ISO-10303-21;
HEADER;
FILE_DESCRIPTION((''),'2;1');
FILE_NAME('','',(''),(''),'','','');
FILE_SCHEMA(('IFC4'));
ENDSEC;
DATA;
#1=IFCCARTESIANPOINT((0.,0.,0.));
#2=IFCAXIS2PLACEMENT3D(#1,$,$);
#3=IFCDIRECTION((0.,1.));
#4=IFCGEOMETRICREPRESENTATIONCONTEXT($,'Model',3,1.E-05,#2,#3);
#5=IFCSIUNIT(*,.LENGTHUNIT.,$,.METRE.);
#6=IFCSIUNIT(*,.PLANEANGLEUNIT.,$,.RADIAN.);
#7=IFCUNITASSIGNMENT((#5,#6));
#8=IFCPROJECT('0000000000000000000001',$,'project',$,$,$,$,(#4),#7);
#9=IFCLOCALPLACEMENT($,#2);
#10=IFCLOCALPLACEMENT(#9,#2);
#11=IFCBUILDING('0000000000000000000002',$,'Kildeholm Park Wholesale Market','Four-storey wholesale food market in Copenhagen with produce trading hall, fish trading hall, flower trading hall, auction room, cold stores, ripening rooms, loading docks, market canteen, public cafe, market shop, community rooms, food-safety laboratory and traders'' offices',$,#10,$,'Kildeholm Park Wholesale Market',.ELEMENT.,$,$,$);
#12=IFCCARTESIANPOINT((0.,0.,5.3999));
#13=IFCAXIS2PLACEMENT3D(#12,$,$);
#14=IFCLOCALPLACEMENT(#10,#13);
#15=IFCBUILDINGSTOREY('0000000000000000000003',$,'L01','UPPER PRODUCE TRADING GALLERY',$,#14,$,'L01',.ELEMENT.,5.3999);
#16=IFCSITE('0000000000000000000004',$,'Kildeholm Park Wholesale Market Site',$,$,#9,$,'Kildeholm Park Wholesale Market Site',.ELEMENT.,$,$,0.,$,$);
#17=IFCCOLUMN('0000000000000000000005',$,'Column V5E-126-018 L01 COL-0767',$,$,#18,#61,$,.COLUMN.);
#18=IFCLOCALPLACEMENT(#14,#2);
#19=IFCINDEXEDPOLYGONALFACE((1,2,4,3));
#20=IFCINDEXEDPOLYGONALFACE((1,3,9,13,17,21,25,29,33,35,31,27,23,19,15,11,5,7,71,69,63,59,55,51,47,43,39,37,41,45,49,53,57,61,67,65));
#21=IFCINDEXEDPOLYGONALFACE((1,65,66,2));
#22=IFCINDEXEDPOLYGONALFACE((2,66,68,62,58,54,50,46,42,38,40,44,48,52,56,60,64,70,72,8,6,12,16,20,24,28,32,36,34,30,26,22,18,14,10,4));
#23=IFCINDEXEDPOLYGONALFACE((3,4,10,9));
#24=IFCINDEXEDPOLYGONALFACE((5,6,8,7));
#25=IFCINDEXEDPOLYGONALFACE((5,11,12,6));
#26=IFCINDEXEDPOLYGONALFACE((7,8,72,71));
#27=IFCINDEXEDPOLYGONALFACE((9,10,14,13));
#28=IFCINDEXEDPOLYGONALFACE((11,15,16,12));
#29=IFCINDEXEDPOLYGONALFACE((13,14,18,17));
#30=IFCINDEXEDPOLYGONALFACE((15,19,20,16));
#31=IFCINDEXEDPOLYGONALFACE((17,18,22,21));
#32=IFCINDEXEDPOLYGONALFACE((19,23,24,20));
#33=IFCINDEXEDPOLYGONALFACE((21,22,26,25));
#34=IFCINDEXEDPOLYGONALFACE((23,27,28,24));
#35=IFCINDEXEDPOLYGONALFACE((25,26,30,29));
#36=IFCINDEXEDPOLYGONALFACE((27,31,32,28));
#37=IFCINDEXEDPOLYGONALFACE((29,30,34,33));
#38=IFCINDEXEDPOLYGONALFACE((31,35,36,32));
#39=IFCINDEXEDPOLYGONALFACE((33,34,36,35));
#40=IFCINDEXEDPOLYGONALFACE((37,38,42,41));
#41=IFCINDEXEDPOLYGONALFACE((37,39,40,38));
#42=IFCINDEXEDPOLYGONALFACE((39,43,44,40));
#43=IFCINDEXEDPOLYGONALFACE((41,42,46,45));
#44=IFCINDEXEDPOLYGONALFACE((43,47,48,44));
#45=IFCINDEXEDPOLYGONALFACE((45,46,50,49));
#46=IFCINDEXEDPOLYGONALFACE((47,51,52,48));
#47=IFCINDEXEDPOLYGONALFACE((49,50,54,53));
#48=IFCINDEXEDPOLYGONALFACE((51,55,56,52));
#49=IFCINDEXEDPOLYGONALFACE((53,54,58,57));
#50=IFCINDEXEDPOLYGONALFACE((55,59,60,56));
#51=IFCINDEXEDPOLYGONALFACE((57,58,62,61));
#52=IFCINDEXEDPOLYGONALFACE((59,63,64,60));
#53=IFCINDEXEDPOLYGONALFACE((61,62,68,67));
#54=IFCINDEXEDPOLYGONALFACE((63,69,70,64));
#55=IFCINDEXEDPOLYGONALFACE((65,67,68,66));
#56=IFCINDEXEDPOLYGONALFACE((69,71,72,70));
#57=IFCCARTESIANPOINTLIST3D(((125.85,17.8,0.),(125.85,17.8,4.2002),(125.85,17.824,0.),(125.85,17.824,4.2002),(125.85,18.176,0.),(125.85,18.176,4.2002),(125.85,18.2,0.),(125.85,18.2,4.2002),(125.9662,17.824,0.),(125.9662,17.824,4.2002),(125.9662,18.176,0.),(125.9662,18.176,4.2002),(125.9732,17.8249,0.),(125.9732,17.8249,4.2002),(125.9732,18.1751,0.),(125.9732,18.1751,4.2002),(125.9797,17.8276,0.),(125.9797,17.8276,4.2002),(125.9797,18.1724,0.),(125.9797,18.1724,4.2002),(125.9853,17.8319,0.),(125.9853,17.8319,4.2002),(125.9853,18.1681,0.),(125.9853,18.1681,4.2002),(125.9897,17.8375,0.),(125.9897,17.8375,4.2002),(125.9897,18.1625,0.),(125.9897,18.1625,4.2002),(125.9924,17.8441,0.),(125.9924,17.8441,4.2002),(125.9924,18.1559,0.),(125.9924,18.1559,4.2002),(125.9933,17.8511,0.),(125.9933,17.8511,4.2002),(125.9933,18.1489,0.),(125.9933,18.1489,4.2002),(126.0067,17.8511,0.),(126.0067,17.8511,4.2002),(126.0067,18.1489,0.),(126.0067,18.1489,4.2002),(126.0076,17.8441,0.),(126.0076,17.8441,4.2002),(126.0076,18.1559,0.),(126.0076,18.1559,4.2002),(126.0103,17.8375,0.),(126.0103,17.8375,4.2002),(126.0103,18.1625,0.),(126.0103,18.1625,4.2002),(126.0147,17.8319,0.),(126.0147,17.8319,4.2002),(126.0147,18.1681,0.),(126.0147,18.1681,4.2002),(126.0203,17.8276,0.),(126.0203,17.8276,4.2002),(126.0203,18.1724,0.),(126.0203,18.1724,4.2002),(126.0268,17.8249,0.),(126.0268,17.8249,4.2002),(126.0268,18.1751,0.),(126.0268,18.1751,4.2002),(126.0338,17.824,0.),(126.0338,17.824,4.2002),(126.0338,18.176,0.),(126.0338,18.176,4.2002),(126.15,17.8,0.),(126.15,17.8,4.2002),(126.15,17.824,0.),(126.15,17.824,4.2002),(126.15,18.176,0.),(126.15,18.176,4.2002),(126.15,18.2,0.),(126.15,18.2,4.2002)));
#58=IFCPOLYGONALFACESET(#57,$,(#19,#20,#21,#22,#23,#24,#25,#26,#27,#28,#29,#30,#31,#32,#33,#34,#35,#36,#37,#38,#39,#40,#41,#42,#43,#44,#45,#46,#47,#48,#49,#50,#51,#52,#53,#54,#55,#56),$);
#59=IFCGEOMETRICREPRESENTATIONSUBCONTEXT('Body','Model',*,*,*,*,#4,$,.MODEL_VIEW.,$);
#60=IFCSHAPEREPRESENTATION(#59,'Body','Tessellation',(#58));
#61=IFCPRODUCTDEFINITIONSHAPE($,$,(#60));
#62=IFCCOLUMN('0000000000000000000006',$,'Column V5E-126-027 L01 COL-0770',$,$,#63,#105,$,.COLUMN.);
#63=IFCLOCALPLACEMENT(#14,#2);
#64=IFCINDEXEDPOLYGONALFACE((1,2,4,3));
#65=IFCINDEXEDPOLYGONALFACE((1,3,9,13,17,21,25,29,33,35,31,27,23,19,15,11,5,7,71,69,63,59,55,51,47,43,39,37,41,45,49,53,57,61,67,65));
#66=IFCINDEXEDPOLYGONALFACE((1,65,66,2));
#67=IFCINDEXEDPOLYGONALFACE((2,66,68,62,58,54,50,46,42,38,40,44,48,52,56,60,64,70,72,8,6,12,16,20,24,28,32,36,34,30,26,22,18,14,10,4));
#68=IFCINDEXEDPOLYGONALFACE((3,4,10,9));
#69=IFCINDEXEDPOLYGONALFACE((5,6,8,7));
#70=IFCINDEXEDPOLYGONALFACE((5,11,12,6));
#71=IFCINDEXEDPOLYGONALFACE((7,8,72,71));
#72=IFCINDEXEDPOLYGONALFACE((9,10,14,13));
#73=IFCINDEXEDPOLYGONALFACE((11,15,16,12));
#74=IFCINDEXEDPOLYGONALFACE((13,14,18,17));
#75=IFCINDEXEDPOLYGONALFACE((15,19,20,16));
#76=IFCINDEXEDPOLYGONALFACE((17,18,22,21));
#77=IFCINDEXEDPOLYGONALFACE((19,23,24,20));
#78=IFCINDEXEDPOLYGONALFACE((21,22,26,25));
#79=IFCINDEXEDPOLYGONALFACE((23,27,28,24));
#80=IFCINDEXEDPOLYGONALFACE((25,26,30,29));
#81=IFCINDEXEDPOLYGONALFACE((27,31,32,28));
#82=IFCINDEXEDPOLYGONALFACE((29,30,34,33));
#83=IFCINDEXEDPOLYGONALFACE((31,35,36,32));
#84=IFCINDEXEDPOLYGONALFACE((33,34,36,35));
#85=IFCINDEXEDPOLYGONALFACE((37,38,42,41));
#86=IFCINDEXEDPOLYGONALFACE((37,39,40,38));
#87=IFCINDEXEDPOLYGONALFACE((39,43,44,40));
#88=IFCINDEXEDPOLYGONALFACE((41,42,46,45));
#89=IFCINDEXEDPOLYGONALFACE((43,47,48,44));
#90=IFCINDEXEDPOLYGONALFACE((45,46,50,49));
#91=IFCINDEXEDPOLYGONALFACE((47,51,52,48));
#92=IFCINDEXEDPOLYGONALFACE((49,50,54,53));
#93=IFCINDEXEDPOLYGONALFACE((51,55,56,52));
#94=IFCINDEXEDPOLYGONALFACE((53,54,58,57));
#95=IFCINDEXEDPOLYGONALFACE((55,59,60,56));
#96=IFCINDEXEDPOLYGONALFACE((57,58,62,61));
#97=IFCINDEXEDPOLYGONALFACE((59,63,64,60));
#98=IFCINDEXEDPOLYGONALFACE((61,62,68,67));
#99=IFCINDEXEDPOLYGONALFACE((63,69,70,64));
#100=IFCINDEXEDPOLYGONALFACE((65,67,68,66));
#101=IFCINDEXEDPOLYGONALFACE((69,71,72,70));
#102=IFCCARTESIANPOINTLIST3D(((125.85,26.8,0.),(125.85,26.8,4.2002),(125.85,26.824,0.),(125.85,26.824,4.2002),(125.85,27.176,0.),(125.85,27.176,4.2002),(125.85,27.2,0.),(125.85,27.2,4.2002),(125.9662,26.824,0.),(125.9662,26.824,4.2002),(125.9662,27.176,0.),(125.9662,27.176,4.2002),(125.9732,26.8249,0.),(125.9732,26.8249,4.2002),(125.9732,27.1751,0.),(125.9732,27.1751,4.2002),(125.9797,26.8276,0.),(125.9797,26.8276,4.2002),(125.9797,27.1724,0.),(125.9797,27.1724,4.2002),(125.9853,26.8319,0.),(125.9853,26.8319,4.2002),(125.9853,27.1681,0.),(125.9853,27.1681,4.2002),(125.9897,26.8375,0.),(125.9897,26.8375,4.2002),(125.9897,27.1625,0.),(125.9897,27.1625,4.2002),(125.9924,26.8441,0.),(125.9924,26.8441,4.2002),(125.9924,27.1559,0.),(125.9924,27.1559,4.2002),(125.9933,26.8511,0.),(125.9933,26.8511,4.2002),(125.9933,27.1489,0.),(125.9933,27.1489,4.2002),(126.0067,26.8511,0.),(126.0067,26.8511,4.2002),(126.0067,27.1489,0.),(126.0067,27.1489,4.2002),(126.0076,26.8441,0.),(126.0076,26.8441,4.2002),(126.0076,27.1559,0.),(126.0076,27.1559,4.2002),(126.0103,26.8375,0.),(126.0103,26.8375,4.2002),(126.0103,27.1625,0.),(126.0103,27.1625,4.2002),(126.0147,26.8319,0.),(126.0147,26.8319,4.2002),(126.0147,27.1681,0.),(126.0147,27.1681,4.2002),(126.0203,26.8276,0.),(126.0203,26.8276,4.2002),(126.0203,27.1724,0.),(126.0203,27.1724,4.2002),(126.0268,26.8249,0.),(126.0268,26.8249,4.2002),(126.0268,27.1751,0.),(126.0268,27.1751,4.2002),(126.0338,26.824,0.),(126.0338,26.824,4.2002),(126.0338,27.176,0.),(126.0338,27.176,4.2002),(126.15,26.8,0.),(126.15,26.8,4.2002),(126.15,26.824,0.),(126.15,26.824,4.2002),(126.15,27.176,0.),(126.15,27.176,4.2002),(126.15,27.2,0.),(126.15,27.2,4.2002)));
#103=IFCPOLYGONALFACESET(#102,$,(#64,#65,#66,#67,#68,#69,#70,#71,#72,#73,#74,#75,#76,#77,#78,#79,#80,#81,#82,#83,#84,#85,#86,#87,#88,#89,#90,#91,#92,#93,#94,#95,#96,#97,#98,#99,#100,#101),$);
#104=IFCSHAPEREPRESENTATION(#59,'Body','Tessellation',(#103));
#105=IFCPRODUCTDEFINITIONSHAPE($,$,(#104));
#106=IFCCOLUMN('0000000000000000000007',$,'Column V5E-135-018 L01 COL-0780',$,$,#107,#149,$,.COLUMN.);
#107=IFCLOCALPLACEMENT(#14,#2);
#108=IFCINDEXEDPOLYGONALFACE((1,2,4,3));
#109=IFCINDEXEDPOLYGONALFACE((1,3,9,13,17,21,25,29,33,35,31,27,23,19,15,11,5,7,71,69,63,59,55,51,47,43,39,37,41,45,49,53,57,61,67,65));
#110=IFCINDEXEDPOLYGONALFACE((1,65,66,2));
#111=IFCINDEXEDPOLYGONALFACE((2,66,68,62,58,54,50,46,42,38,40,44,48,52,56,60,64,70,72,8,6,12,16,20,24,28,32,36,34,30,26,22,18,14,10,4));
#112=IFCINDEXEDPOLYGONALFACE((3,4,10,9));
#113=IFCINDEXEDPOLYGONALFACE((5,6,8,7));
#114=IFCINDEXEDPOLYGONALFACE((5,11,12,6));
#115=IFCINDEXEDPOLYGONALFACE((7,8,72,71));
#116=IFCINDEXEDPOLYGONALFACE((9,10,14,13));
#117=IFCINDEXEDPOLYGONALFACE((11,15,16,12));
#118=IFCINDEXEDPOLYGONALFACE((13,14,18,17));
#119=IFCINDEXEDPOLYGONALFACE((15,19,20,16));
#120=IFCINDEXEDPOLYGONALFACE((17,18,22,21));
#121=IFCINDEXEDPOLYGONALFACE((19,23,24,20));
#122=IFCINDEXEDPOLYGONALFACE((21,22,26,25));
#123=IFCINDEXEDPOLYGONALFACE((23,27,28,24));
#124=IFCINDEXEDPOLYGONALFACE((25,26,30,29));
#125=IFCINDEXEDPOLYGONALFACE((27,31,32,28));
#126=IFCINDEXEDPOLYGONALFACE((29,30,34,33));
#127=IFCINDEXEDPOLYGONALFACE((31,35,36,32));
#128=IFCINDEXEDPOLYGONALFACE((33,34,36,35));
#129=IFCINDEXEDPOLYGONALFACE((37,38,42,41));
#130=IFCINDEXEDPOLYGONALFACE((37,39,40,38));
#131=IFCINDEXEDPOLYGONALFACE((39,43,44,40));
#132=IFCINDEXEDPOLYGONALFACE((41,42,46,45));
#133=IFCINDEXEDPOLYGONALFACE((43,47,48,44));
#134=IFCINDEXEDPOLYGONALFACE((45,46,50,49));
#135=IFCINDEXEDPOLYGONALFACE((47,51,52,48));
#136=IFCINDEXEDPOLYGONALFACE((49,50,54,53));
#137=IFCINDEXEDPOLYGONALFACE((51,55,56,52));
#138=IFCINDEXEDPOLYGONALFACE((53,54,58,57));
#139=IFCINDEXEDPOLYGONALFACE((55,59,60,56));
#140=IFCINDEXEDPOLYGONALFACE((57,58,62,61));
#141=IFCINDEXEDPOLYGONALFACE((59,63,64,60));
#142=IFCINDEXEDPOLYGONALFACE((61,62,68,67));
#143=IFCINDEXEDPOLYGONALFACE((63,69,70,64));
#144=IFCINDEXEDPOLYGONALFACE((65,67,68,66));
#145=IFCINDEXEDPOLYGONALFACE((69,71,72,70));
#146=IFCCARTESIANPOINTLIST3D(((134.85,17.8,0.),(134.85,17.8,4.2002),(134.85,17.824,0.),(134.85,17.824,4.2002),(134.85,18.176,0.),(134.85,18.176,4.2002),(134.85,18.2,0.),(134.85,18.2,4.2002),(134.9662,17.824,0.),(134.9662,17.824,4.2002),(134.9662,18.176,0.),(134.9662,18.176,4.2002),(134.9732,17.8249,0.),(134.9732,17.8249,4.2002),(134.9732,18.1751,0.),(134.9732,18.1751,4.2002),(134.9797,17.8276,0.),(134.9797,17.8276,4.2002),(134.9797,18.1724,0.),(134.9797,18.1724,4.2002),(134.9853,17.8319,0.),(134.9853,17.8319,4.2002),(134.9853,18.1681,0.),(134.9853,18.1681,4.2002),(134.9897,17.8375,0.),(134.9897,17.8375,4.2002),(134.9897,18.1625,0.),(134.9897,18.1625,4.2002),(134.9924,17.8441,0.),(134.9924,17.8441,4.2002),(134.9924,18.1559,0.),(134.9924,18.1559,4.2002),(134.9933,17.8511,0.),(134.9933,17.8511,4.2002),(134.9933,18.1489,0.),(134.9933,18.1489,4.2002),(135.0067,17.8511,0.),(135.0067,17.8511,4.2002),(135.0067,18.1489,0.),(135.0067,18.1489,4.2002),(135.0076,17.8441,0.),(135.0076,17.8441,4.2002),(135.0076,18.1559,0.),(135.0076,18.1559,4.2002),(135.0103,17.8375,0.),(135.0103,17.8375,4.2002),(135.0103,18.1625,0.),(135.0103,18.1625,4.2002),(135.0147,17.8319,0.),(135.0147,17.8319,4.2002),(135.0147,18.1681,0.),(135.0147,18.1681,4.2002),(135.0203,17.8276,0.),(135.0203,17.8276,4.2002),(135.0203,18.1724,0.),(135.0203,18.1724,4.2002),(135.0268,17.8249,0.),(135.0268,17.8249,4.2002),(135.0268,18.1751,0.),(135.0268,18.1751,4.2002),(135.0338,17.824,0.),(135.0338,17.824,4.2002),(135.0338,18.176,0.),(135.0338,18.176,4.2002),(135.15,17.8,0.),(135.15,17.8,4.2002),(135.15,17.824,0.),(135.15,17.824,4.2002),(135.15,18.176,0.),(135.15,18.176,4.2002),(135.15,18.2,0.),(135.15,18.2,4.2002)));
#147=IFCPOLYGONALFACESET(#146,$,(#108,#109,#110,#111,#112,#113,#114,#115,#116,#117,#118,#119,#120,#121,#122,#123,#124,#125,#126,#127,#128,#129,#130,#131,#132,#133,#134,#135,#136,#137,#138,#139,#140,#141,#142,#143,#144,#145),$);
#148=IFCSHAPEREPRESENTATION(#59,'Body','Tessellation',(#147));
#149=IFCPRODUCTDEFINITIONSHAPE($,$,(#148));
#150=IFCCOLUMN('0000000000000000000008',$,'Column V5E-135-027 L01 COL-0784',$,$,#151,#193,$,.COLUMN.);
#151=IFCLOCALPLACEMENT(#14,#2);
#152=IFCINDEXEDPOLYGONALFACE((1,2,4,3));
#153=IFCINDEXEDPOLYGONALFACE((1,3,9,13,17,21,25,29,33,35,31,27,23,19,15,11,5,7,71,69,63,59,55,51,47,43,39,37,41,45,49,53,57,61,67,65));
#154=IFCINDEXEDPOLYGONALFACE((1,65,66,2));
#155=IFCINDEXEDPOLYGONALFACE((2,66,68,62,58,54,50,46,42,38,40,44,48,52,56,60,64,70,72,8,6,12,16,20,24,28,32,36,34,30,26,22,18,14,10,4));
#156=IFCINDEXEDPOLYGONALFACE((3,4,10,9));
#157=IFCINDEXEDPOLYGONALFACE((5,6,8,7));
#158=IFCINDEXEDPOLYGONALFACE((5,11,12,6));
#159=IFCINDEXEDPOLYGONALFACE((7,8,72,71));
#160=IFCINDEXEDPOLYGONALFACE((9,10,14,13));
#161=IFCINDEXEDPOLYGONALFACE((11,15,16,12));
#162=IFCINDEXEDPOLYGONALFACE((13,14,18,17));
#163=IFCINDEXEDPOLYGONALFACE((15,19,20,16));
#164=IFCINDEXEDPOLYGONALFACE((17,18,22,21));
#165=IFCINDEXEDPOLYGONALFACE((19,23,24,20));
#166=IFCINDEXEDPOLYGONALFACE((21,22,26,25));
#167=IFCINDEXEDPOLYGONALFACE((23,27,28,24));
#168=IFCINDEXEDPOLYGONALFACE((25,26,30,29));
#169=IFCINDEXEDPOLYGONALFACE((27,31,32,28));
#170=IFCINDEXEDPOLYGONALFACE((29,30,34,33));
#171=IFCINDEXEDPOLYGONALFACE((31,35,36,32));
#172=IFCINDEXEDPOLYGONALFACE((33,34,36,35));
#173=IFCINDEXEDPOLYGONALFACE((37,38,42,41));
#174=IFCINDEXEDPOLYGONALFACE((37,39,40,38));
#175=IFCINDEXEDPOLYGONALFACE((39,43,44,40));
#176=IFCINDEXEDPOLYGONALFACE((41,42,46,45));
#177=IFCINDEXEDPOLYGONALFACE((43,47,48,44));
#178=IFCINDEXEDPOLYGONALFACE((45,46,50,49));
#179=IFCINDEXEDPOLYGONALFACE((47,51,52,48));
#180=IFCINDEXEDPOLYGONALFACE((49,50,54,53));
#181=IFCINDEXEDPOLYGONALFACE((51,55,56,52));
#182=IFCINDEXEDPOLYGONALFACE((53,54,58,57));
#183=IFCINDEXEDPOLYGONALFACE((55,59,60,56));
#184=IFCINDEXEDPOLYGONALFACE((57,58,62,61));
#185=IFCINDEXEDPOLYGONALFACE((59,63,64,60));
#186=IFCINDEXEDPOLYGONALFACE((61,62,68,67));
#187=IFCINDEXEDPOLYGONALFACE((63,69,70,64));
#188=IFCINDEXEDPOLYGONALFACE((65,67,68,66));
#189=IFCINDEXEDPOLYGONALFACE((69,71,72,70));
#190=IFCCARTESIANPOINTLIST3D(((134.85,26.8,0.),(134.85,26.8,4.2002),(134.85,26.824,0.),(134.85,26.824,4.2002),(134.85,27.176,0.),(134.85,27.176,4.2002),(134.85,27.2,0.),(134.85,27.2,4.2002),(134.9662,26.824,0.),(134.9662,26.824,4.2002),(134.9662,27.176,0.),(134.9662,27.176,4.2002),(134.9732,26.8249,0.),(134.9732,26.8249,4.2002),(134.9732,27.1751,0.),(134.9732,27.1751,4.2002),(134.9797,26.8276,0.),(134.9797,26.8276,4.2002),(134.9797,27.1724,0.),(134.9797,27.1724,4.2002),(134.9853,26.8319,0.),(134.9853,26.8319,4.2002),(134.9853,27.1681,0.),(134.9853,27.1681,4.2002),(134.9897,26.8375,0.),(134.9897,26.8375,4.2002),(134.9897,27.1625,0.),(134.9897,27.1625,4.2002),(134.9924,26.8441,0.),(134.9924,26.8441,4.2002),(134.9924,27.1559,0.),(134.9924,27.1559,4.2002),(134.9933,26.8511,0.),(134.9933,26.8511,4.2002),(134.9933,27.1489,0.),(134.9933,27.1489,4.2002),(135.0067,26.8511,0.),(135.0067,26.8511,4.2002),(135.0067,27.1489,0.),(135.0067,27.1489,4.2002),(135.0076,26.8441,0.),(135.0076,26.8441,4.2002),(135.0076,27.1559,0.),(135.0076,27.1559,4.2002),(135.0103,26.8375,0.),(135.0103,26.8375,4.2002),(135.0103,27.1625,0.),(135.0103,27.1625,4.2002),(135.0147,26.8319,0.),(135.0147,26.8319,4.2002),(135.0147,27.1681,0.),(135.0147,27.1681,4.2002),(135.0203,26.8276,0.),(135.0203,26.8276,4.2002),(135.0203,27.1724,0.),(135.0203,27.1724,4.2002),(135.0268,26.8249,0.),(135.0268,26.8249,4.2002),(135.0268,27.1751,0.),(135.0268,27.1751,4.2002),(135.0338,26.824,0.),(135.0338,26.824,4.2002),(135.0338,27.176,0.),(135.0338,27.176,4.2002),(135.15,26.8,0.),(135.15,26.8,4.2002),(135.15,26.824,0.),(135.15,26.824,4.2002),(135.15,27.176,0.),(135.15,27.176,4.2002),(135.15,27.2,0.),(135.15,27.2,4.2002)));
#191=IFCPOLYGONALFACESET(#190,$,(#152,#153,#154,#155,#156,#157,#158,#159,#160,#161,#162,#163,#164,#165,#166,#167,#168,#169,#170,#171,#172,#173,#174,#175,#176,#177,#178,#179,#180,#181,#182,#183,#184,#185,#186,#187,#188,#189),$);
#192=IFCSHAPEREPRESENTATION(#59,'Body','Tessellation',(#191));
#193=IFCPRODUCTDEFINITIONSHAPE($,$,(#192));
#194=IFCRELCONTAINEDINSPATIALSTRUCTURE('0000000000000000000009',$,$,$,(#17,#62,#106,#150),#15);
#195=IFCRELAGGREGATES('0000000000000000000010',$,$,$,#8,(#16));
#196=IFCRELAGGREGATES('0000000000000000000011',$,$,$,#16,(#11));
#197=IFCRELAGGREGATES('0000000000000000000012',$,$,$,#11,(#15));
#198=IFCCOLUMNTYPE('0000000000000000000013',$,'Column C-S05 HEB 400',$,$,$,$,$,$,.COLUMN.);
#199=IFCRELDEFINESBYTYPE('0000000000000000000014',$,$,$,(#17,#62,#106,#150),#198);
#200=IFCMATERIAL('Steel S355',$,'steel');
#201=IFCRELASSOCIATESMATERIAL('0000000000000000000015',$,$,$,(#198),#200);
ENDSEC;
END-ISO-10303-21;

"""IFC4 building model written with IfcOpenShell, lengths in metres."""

from ifc_helpers import new_model, si_unit, direction, frame, origin, origin_2d, place, context, subcontext, project, spatial, i_section, extrude, material, material_profile, profile_set, type_object, element, save


model = new_model("IFC4")

# Units and contexts
model_context = context("Model", 3, precision=1e-05, world=origin(), true_north=direction((0.0, 1.0)))
body_context = subcontext(model_context, "Body", "Model", "MODEL_VIEW")
ifc_project = project(units=[si_unit("LENGTHUNIT", "METRE"), si_unit("PLANEANGLEUNIT", "RADIAN")], contexts=[model_context])

# Site, building, storey
site_placement = place(None, origin())
site = spatial("IfcSite", under=ifc_project, at=site_placement, Name="Kildeholm Park Wholesale Market Site", LongName="Kildeholm Park Wholesale Market Site", CompositionType="ELEMENT", RefElevation=0.0)
building_placement = place(site_placement, origin())
building = spatial("IfcBuilding", under=site, at=building_placement, Name="Kildeholm Park Wholesale Market", Description="Four-storey wholesale food market in Copenhagen with produce trading hall, fish trading hall, flower trading hall, auction room, cold stores, ripening rooms, loading docks, market canteen, public cafe, market shop, community rooms, food-safety laboratory and traders' offices", LongName="Kildeholm Park Wholesale Market", CompositionType="ELEMENT")
storey_placement = place(building_placement, frame((0.0, 0.0, 5.3999)))
storey = spatial("IfcBuildingStorey", under=building, at=storey_placement, Name="L01", Description="UPPER PRODUCE TRADING GALLERY", LongName="L01", CompositionType="ELEMENT", Elevation=5.3999)

# Columns
ifc_material_1 = material(Name="Steel S355", Category="steel")
ifc_material_profile_1 = material_profile(ifc_material_1, i_section(OverallWidth=0.3, OverallDepth=0.3999, WebThickness=0.0134, FlangeThickness=0.0239, FilletRadius=0.0271, at=origin_2d()), Name="HEB 400")
ifc_profile_set_1 = profile_set([ifc_material_profile_1], Name="Steel S355")
column_type = type_object("IfcColumnType", Name="Column C-S05 HEB 400", PredefinedType="COLUMN", material=ifc_profile_set_1)
for number, where, z_axis, x_axis, name in (
    (1, (126.0, 18.0, 0.0), (0.0, 0.0, 1.0), (1.0, 0.0, 0.0), "Column V5E-126-018 L01 COL-0767"),
    (2, (126.0, 27.0, 0.0), (0.0, 0.0, 1.0), (1.0, 0.0, 0.0), "Column V5E-126-027 L01 COL-0770"),
    (3, (135.0, 18.0, 0.0), (0.0, 0.0, 1.0), (1.0, 0.0, 0.0), "Column V5E-135-018 L01 COL-0780"),
    (4, (135.0, 27.0, 0.0), (0.0, 0.0, 1.0), (1.0, 0.0, 0.0), "Column V5E-135-027 L01 COL-0784"),
):
    element("IfcColumn", number, at=place(storey_placement, frame(where, z_axis=z_axis, x_axis=x_axis)), inside=storey, type_object=column_type, Name=name, PredefinedType="COLUMN", context=body_context, shape_type="SweptSolid", body=[
        extrude(i_section(OverallWidth=0.3, OverallDepth=0.3999, WebThickness=0.0134, FlangeThickness=0.0239, FilletRadius=0.0271, at=origin_2d()), origin(), (0.0, 0.0, 1.0), 4.2002),
    ])

save(model, "model.ifc")
